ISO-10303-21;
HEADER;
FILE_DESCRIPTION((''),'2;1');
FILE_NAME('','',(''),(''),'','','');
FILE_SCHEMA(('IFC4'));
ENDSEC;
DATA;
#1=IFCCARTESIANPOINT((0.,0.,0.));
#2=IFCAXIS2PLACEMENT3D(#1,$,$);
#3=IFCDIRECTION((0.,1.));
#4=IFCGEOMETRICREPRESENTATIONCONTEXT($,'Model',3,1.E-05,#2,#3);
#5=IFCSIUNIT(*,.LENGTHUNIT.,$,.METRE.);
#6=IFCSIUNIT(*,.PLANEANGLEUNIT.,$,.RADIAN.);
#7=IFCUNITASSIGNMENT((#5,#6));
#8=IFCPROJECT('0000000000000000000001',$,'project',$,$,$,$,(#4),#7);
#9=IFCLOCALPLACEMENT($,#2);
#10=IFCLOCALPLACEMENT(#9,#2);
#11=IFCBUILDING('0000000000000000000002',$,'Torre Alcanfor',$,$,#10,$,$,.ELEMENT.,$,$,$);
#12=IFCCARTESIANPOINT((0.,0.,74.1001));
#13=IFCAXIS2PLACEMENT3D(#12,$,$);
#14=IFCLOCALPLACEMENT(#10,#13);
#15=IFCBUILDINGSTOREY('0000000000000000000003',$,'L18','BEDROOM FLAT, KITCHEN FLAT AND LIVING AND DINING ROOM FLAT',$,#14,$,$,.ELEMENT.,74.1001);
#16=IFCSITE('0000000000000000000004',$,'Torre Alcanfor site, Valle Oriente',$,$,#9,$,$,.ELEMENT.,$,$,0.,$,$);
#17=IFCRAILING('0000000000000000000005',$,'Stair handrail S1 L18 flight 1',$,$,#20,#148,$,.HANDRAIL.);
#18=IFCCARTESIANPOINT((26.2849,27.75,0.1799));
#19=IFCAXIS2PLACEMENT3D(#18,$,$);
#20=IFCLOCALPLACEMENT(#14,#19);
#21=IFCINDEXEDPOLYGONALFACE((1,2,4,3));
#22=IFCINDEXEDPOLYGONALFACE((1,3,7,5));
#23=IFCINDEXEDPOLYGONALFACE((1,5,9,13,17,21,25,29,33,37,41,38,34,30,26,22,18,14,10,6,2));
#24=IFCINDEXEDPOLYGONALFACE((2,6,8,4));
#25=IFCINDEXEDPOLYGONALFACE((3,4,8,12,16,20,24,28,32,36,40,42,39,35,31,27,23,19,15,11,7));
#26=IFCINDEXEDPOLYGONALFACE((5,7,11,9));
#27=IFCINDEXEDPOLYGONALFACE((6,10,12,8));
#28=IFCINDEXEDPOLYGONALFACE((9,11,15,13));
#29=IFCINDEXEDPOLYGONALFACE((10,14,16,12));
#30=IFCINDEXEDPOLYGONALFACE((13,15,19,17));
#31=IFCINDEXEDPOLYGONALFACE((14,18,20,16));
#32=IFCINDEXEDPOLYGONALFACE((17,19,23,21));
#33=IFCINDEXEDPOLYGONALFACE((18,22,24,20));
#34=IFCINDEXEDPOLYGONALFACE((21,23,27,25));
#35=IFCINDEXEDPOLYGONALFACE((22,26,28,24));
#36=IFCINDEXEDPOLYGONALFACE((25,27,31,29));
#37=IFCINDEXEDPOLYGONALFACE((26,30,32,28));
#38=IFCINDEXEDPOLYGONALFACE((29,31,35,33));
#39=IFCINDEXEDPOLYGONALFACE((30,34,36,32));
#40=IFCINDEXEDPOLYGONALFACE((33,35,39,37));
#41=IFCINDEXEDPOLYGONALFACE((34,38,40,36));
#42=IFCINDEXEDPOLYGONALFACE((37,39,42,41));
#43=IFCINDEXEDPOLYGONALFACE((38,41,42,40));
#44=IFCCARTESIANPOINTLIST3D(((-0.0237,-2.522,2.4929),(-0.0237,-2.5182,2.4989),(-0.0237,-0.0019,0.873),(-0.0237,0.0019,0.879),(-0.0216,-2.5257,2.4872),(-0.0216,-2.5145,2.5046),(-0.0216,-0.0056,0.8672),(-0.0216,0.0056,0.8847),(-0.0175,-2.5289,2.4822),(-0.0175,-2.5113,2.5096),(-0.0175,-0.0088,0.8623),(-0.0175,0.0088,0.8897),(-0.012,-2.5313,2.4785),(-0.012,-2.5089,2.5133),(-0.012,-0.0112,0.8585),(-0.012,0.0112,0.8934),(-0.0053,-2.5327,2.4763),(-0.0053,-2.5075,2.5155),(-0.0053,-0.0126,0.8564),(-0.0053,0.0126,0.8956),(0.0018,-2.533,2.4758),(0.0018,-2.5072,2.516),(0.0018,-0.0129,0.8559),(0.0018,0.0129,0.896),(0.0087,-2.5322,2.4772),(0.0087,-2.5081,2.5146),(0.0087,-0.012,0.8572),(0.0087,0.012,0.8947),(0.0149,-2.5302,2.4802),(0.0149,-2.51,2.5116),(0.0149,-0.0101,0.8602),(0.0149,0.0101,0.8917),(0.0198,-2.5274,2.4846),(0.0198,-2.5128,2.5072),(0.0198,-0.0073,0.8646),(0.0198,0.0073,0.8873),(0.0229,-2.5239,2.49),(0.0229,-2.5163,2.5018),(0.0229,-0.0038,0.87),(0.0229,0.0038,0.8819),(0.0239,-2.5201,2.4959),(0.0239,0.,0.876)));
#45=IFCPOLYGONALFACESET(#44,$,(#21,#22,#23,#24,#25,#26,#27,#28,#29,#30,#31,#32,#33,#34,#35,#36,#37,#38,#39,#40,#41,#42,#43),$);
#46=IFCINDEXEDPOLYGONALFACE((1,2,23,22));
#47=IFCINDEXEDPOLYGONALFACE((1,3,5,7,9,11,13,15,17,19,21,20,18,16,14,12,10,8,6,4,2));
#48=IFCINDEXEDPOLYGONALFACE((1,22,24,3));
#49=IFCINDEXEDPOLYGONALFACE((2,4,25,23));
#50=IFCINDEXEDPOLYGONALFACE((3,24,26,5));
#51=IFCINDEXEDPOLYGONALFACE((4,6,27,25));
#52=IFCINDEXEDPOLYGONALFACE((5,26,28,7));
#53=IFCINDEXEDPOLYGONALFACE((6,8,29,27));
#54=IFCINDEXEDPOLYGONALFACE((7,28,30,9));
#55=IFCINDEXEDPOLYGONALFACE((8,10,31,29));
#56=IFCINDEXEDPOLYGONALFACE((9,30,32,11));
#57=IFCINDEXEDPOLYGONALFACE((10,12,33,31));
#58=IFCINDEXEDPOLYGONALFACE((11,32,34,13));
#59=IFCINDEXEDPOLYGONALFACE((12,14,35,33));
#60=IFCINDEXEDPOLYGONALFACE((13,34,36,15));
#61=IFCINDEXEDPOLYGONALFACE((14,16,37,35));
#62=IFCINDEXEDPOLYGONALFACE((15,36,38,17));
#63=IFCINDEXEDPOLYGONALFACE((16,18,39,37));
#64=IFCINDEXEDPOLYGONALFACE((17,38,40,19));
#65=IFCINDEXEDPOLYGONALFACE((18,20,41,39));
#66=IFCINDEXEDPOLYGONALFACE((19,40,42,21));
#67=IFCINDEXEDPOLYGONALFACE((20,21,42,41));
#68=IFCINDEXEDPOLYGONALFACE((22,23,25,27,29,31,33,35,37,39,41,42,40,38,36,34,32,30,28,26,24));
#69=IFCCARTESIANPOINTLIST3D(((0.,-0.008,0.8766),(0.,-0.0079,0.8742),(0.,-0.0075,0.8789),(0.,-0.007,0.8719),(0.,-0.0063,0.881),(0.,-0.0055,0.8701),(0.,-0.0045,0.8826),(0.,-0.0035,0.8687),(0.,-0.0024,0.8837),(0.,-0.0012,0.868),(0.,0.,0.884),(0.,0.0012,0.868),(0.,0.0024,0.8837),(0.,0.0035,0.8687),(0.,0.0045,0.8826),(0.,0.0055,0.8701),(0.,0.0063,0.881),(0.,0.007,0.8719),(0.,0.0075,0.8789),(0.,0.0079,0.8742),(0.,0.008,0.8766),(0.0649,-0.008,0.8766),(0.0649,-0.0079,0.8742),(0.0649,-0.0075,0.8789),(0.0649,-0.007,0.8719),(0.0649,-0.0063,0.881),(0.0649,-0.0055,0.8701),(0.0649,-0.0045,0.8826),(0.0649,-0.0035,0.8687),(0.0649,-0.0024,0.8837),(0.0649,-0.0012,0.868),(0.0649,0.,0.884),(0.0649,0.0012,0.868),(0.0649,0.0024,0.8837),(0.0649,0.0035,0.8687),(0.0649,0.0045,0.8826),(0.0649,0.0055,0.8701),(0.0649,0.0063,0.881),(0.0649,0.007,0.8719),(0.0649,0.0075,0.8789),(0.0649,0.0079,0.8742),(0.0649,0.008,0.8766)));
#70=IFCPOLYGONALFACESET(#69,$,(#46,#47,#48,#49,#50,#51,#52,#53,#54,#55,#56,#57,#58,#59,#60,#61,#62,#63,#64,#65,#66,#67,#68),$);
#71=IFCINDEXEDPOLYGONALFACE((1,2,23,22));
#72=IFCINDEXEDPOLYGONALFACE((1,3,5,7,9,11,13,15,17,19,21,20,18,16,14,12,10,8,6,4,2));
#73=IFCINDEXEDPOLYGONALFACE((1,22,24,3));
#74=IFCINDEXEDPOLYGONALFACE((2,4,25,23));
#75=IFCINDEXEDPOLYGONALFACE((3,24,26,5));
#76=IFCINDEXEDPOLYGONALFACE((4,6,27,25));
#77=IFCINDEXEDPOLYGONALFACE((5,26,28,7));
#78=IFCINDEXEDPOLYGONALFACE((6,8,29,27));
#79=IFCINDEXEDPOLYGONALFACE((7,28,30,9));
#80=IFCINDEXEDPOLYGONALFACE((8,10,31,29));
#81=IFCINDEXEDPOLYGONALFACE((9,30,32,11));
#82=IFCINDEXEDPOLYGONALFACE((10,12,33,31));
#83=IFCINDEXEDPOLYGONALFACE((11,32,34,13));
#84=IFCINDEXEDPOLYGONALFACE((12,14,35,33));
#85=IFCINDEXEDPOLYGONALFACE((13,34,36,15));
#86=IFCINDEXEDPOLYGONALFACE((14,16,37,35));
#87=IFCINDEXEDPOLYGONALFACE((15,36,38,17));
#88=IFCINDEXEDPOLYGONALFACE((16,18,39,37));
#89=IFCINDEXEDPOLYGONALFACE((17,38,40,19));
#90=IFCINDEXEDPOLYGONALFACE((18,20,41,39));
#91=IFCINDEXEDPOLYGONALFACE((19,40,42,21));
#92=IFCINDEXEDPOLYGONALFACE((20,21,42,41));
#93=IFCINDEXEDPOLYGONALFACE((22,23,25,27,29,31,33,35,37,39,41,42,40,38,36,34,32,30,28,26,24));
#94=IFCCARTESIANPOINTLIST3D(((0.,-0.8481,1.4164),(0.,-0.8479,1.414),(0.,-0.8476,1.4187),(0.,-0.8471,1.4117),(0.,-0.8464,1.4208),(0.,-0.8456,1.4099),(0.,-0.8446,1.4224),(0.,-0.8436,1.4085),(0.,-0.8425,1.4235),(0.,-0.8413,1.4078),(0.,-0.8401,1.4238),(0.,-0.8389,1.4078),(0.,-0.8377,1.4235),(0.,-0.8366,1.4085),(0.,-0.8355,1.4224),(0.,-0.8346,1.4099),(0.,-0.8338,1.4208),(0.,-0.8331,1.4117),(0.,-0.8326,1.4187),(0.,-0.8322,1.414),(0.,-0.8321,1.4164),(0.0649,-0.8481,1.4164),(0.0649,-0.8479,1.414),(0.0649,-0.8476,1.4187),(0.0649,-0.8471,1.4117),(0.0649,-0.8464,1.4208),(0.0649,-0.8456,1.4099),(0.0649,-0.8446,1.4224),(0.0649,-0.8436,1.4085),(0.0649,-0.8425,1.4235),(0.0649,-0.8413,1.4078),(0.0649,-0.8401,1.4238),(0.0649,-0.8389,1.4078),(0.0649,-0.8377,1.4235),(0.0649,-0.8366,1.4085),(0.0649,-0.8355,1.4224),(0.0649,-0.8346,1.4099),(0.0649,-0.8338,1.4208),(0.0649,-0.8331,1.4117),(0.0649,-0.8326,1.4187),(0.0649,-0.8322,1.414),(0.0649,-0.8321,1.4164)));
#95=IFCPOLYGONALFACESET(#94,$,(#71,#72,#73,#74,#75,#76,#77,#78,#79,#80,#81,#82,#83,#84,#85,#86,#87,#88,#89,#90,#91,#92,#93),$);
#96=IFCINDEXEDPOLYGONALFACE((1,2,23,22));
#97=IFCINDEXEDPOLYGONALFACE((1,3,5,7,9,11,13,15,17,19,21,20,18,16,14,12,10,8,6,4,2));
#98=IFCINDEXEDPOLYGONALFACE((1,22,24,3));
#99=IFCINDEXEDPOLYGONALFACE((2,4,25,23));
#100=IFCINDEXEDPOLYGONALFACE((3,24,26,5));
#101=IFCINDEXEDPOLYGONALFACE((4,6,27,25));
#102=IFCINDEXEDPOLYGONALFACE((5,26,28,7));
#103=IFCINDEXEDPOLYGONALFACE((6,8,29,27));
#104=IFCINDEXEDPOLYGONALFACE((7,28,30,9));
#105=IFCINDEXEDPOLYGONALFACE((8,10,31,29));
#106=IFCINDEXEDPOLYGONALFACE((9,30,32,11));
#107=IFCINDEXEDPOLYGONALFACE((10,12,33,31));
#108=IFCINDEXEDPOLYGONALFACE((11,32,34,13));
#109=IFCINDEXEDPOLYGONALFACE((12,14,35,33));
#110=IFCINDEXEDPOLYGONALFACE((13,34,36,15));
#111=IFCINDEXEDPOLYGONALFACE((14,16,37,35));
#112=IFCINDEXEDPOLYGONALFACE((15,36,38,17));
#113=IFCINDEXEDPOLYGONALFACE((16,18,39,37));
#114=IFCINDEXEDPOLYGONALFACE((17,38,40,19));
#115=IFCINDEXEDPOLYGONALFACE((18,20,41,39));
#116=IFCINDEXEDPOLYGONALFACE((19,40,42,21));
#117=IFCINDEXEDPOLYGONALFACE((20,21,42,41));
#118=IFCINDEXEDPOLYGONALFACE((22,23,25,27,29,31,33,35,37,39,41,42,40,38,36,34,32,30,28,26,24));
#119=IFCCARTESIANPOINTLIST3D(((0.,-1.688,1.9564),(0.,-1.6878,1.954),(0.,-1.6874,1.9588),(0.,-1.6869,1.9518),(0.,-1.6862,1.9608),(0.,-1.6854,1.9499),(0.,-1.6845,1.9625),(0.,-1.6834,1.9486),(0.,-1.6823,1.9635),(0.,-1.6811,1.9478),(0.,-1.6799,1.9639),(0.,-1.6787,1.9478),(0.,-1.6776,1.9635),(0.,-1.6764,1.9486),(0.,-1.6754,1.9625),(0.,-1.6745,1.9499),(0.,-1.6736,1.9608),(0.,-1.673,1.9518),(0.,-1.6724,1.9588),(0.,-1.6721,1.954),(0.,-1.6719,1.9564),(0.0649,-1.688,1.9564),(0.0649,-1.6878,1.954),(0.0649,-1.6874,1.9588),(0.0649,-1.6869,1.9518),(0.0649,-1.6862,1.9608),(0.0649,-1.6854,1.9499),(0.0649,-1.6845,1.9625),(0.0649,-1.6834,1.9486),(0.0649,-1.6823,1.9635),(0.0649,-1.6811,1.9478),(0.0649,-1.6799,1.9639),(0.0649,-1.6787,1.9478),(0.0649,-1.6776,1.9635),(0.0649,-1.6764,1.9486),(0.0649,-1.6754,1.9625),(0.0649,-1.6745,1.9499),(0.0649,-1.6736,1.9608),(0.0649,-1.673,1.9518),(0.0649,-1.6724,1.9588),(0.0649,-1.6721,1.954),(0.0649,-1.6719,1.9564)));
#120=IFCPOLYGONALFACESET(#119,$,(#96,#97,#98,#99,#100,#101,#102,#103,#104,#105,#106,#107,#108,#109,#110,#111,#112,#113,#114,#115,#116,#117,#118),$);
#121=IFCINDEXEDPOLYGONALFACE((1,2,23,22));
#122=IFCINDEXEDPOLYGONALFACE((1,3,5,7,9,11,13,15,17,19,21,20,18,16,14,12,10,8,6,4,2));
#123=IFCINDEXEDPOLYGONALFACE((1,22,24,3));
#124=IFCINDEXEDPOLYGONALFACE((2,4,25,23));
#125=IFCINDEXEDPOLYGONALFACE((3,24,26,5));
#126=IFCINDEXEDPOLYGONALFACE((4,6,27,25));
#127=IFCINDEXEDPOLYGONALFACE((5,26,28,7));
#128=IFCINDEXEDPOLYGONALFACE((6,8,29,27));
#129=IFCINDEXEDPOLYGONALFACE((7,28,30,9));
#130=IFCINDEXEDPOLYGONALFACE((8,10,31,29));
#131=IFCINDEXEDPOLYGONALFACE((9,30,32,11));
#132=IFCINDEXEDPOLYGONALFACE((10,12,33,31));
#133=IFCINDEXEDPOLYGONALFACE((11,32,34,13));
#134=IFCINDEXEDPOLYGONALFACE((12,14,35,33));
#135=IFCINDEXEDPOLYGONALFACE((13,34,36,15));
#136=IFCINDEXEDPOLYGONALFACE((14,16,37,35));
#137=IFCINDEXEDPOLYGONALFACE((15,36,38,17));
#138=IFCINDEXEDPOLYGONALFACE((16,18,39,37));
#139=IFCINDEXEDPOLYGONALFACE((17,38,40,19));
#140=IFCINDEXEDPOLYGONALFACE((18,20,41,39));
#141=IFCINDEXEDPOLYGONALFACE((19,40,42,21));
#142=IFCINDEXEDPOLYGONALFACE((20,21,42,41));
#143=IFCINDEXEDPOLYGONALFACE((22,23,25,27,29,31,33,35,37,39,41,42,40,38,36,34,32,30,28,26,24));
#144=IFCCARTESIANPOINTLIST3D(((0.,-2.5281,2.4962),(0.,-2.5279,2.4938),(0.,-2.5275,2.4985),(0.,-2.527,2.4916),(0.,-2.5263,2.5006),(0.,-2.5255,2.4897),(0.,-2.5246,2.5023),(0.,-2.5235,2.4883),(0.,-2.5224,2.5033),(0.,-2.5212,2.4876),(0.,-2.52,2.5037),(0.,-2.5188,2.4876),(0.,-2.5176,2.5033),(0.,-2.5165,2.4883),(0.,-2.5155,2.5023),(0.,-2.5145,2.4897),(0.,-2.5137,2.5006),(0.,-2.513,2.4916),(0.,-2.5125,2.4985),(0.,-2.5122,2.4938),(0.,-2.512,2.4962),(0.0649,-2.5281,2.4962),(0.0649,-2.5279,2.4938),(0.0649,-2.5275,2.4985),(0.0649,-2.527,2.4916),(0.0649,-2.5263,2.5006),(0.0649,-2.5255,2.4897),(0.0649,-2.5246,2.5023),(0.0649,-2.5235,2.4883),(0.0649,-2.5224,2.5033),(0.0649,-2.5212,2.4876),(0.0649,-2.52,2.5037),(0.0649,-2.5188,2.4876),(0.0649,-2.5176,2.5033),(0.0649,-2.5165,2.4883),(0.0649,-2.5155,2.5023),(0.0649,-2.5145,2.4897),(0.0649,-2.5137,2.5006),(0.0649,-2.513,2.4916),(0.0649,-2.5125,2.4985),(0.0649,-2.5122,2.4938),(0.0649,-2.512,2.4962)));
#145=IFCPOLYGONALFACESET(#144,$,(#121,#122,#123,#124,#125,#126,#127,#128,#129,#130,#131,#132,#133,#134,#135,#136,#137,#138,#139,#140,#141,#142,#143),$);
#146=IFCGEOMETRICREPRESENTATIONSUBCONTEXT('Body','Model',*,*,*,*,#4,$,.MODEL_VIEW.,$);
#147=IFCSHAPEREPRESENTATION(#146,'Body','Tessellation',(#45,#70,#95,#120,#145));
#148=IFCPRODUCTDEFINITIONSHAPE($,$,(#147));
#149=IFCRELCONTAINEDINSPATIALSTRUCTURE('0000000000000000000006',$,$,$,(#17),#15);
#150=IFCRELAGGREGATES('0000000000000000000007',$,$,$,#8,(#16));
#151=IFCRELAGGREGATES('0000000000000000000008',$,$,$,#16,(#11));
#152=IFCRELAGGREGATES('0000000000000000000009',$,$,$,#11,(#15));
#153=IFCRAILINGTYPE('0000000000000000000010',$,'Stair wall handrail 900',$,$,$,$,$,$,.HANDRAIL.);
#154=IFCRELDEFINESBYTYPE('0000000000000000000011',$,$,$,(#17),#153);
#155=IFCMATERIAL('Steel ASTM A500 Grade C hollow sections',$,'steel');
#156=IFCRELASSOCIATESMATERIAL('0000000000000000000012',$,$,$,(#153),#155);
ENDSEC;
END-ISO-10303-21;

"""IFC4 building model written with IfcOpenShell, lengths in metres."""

from ifc_helpers import new_model, si_unit, direction, frame, origin, origin_2d, place, context, subcontext, project, spatial, circle, extrude, material, type_object, element, save


model = new_model("IFC4")

# Units and contexts
model_context = context("Model", 3, precision=1e-05, world=origin(), true_north=direction((0.0, 1.0)))
body_context = subcontext(model_context, "Body", "Model", "MODEL_VIEW")
ifc_project = project(units=[si_unit("LENGTHUNIT", "METRE"), si_unit("PLANEANGLEUNIT", "RADIAN")], contexts=[model_context])

# Site, building, storey
site_placement = place(None, origin())
site = spatial("IfcSite", under=ifc_project, at=site_placement, Name="Torre Alcanfor site, Valle Oriente", CompositionType="ELEMENT", RefElevation=0.0)
building_placement = place(site_placement, origin())
building = spatial("IfcBuilding", under=site, at=building_placement, Name="Torre Alcanfor", CompositionType="ELEMENT")
storey_placement = place(building_placement, frame((0.0, 0.0, 74.1001)))
storey = spatial("IfcBuildingStorey", under=building, at=storey_placement, Name="L18", Description="BEDROOM FLAT, KITCHEN FLAT AND LIVING AND DINING ROOM FLAT", CompositionType="ELEMENT", Elevation=74.1001)

# Railing
ifc_material_1 = material(Name="Steel ASTM A500 Grade C hollow sections", Category="steel")
railing_type_1 = type_object("IfcRailingType", Name="Stair wall handrail 900", PredefinedType="HANDRAIL", material=ifc_material_1)
railing_1_placement = place(storey_placement, frame((26.2849, 27.75, 0.1799)))
element("IfcRailing", 1, at=railing_1_placement, inside=storey, type_object=railing_type_1, Name="Stair handrail S1 L18 flight 1", PredefinedType="HANDRAIL", context=body_context, shape_type="SweptSolid", body=[
    extrude(circle(Radius=0.0239, at=origin_2d()), frame((0.0, 0.0, 0.876), z_axis=(0.0, -0.8412, 0.540725), x_axis=(1.0, 0.0, 0.0)), (0.0, 0.0, 1.0), 2.9958),
    extrude(circle(Radius=0.0081, at=origin_2d()), frame((0.0, 0.0, 0.876), z_axis=(1.0, 0.0, 0.0), x_axis=(0.0, 0.0, 1.0)), (0.0, 0.0, 1.0), 0.0649),
    extrude(circle(Radius=0.0081, at=origin_2d()), frame((0.0, -0.8401, 1.4158), z_axis=(1.0, 0.0, 0.0), x_axis=(0.0, 0.0, 1.0)), (0.0, 0.0, 1.0), 0.0649),
    extrude(circle(Radius=0.0081, at=origin_2d()), frame((0.0, -1.6799, 1.9558), z_axis=(1.0, 0.0, 0.0), x_axis=(0.0, 0.0, 1.0)), (0.0, 0.0, 1.0), 0.0649),
    extrude(circle(Radius=0.0081, at=origin_2d()), frame((0.0, -2.52, 2.4956), z_axis=(1.0, 0.0, 0.0), x_axis=(0.0, 0.0, 1.0)), (0.0, 0.0, 1.0), 0.0649),
])

save(model, "model.ifc")
